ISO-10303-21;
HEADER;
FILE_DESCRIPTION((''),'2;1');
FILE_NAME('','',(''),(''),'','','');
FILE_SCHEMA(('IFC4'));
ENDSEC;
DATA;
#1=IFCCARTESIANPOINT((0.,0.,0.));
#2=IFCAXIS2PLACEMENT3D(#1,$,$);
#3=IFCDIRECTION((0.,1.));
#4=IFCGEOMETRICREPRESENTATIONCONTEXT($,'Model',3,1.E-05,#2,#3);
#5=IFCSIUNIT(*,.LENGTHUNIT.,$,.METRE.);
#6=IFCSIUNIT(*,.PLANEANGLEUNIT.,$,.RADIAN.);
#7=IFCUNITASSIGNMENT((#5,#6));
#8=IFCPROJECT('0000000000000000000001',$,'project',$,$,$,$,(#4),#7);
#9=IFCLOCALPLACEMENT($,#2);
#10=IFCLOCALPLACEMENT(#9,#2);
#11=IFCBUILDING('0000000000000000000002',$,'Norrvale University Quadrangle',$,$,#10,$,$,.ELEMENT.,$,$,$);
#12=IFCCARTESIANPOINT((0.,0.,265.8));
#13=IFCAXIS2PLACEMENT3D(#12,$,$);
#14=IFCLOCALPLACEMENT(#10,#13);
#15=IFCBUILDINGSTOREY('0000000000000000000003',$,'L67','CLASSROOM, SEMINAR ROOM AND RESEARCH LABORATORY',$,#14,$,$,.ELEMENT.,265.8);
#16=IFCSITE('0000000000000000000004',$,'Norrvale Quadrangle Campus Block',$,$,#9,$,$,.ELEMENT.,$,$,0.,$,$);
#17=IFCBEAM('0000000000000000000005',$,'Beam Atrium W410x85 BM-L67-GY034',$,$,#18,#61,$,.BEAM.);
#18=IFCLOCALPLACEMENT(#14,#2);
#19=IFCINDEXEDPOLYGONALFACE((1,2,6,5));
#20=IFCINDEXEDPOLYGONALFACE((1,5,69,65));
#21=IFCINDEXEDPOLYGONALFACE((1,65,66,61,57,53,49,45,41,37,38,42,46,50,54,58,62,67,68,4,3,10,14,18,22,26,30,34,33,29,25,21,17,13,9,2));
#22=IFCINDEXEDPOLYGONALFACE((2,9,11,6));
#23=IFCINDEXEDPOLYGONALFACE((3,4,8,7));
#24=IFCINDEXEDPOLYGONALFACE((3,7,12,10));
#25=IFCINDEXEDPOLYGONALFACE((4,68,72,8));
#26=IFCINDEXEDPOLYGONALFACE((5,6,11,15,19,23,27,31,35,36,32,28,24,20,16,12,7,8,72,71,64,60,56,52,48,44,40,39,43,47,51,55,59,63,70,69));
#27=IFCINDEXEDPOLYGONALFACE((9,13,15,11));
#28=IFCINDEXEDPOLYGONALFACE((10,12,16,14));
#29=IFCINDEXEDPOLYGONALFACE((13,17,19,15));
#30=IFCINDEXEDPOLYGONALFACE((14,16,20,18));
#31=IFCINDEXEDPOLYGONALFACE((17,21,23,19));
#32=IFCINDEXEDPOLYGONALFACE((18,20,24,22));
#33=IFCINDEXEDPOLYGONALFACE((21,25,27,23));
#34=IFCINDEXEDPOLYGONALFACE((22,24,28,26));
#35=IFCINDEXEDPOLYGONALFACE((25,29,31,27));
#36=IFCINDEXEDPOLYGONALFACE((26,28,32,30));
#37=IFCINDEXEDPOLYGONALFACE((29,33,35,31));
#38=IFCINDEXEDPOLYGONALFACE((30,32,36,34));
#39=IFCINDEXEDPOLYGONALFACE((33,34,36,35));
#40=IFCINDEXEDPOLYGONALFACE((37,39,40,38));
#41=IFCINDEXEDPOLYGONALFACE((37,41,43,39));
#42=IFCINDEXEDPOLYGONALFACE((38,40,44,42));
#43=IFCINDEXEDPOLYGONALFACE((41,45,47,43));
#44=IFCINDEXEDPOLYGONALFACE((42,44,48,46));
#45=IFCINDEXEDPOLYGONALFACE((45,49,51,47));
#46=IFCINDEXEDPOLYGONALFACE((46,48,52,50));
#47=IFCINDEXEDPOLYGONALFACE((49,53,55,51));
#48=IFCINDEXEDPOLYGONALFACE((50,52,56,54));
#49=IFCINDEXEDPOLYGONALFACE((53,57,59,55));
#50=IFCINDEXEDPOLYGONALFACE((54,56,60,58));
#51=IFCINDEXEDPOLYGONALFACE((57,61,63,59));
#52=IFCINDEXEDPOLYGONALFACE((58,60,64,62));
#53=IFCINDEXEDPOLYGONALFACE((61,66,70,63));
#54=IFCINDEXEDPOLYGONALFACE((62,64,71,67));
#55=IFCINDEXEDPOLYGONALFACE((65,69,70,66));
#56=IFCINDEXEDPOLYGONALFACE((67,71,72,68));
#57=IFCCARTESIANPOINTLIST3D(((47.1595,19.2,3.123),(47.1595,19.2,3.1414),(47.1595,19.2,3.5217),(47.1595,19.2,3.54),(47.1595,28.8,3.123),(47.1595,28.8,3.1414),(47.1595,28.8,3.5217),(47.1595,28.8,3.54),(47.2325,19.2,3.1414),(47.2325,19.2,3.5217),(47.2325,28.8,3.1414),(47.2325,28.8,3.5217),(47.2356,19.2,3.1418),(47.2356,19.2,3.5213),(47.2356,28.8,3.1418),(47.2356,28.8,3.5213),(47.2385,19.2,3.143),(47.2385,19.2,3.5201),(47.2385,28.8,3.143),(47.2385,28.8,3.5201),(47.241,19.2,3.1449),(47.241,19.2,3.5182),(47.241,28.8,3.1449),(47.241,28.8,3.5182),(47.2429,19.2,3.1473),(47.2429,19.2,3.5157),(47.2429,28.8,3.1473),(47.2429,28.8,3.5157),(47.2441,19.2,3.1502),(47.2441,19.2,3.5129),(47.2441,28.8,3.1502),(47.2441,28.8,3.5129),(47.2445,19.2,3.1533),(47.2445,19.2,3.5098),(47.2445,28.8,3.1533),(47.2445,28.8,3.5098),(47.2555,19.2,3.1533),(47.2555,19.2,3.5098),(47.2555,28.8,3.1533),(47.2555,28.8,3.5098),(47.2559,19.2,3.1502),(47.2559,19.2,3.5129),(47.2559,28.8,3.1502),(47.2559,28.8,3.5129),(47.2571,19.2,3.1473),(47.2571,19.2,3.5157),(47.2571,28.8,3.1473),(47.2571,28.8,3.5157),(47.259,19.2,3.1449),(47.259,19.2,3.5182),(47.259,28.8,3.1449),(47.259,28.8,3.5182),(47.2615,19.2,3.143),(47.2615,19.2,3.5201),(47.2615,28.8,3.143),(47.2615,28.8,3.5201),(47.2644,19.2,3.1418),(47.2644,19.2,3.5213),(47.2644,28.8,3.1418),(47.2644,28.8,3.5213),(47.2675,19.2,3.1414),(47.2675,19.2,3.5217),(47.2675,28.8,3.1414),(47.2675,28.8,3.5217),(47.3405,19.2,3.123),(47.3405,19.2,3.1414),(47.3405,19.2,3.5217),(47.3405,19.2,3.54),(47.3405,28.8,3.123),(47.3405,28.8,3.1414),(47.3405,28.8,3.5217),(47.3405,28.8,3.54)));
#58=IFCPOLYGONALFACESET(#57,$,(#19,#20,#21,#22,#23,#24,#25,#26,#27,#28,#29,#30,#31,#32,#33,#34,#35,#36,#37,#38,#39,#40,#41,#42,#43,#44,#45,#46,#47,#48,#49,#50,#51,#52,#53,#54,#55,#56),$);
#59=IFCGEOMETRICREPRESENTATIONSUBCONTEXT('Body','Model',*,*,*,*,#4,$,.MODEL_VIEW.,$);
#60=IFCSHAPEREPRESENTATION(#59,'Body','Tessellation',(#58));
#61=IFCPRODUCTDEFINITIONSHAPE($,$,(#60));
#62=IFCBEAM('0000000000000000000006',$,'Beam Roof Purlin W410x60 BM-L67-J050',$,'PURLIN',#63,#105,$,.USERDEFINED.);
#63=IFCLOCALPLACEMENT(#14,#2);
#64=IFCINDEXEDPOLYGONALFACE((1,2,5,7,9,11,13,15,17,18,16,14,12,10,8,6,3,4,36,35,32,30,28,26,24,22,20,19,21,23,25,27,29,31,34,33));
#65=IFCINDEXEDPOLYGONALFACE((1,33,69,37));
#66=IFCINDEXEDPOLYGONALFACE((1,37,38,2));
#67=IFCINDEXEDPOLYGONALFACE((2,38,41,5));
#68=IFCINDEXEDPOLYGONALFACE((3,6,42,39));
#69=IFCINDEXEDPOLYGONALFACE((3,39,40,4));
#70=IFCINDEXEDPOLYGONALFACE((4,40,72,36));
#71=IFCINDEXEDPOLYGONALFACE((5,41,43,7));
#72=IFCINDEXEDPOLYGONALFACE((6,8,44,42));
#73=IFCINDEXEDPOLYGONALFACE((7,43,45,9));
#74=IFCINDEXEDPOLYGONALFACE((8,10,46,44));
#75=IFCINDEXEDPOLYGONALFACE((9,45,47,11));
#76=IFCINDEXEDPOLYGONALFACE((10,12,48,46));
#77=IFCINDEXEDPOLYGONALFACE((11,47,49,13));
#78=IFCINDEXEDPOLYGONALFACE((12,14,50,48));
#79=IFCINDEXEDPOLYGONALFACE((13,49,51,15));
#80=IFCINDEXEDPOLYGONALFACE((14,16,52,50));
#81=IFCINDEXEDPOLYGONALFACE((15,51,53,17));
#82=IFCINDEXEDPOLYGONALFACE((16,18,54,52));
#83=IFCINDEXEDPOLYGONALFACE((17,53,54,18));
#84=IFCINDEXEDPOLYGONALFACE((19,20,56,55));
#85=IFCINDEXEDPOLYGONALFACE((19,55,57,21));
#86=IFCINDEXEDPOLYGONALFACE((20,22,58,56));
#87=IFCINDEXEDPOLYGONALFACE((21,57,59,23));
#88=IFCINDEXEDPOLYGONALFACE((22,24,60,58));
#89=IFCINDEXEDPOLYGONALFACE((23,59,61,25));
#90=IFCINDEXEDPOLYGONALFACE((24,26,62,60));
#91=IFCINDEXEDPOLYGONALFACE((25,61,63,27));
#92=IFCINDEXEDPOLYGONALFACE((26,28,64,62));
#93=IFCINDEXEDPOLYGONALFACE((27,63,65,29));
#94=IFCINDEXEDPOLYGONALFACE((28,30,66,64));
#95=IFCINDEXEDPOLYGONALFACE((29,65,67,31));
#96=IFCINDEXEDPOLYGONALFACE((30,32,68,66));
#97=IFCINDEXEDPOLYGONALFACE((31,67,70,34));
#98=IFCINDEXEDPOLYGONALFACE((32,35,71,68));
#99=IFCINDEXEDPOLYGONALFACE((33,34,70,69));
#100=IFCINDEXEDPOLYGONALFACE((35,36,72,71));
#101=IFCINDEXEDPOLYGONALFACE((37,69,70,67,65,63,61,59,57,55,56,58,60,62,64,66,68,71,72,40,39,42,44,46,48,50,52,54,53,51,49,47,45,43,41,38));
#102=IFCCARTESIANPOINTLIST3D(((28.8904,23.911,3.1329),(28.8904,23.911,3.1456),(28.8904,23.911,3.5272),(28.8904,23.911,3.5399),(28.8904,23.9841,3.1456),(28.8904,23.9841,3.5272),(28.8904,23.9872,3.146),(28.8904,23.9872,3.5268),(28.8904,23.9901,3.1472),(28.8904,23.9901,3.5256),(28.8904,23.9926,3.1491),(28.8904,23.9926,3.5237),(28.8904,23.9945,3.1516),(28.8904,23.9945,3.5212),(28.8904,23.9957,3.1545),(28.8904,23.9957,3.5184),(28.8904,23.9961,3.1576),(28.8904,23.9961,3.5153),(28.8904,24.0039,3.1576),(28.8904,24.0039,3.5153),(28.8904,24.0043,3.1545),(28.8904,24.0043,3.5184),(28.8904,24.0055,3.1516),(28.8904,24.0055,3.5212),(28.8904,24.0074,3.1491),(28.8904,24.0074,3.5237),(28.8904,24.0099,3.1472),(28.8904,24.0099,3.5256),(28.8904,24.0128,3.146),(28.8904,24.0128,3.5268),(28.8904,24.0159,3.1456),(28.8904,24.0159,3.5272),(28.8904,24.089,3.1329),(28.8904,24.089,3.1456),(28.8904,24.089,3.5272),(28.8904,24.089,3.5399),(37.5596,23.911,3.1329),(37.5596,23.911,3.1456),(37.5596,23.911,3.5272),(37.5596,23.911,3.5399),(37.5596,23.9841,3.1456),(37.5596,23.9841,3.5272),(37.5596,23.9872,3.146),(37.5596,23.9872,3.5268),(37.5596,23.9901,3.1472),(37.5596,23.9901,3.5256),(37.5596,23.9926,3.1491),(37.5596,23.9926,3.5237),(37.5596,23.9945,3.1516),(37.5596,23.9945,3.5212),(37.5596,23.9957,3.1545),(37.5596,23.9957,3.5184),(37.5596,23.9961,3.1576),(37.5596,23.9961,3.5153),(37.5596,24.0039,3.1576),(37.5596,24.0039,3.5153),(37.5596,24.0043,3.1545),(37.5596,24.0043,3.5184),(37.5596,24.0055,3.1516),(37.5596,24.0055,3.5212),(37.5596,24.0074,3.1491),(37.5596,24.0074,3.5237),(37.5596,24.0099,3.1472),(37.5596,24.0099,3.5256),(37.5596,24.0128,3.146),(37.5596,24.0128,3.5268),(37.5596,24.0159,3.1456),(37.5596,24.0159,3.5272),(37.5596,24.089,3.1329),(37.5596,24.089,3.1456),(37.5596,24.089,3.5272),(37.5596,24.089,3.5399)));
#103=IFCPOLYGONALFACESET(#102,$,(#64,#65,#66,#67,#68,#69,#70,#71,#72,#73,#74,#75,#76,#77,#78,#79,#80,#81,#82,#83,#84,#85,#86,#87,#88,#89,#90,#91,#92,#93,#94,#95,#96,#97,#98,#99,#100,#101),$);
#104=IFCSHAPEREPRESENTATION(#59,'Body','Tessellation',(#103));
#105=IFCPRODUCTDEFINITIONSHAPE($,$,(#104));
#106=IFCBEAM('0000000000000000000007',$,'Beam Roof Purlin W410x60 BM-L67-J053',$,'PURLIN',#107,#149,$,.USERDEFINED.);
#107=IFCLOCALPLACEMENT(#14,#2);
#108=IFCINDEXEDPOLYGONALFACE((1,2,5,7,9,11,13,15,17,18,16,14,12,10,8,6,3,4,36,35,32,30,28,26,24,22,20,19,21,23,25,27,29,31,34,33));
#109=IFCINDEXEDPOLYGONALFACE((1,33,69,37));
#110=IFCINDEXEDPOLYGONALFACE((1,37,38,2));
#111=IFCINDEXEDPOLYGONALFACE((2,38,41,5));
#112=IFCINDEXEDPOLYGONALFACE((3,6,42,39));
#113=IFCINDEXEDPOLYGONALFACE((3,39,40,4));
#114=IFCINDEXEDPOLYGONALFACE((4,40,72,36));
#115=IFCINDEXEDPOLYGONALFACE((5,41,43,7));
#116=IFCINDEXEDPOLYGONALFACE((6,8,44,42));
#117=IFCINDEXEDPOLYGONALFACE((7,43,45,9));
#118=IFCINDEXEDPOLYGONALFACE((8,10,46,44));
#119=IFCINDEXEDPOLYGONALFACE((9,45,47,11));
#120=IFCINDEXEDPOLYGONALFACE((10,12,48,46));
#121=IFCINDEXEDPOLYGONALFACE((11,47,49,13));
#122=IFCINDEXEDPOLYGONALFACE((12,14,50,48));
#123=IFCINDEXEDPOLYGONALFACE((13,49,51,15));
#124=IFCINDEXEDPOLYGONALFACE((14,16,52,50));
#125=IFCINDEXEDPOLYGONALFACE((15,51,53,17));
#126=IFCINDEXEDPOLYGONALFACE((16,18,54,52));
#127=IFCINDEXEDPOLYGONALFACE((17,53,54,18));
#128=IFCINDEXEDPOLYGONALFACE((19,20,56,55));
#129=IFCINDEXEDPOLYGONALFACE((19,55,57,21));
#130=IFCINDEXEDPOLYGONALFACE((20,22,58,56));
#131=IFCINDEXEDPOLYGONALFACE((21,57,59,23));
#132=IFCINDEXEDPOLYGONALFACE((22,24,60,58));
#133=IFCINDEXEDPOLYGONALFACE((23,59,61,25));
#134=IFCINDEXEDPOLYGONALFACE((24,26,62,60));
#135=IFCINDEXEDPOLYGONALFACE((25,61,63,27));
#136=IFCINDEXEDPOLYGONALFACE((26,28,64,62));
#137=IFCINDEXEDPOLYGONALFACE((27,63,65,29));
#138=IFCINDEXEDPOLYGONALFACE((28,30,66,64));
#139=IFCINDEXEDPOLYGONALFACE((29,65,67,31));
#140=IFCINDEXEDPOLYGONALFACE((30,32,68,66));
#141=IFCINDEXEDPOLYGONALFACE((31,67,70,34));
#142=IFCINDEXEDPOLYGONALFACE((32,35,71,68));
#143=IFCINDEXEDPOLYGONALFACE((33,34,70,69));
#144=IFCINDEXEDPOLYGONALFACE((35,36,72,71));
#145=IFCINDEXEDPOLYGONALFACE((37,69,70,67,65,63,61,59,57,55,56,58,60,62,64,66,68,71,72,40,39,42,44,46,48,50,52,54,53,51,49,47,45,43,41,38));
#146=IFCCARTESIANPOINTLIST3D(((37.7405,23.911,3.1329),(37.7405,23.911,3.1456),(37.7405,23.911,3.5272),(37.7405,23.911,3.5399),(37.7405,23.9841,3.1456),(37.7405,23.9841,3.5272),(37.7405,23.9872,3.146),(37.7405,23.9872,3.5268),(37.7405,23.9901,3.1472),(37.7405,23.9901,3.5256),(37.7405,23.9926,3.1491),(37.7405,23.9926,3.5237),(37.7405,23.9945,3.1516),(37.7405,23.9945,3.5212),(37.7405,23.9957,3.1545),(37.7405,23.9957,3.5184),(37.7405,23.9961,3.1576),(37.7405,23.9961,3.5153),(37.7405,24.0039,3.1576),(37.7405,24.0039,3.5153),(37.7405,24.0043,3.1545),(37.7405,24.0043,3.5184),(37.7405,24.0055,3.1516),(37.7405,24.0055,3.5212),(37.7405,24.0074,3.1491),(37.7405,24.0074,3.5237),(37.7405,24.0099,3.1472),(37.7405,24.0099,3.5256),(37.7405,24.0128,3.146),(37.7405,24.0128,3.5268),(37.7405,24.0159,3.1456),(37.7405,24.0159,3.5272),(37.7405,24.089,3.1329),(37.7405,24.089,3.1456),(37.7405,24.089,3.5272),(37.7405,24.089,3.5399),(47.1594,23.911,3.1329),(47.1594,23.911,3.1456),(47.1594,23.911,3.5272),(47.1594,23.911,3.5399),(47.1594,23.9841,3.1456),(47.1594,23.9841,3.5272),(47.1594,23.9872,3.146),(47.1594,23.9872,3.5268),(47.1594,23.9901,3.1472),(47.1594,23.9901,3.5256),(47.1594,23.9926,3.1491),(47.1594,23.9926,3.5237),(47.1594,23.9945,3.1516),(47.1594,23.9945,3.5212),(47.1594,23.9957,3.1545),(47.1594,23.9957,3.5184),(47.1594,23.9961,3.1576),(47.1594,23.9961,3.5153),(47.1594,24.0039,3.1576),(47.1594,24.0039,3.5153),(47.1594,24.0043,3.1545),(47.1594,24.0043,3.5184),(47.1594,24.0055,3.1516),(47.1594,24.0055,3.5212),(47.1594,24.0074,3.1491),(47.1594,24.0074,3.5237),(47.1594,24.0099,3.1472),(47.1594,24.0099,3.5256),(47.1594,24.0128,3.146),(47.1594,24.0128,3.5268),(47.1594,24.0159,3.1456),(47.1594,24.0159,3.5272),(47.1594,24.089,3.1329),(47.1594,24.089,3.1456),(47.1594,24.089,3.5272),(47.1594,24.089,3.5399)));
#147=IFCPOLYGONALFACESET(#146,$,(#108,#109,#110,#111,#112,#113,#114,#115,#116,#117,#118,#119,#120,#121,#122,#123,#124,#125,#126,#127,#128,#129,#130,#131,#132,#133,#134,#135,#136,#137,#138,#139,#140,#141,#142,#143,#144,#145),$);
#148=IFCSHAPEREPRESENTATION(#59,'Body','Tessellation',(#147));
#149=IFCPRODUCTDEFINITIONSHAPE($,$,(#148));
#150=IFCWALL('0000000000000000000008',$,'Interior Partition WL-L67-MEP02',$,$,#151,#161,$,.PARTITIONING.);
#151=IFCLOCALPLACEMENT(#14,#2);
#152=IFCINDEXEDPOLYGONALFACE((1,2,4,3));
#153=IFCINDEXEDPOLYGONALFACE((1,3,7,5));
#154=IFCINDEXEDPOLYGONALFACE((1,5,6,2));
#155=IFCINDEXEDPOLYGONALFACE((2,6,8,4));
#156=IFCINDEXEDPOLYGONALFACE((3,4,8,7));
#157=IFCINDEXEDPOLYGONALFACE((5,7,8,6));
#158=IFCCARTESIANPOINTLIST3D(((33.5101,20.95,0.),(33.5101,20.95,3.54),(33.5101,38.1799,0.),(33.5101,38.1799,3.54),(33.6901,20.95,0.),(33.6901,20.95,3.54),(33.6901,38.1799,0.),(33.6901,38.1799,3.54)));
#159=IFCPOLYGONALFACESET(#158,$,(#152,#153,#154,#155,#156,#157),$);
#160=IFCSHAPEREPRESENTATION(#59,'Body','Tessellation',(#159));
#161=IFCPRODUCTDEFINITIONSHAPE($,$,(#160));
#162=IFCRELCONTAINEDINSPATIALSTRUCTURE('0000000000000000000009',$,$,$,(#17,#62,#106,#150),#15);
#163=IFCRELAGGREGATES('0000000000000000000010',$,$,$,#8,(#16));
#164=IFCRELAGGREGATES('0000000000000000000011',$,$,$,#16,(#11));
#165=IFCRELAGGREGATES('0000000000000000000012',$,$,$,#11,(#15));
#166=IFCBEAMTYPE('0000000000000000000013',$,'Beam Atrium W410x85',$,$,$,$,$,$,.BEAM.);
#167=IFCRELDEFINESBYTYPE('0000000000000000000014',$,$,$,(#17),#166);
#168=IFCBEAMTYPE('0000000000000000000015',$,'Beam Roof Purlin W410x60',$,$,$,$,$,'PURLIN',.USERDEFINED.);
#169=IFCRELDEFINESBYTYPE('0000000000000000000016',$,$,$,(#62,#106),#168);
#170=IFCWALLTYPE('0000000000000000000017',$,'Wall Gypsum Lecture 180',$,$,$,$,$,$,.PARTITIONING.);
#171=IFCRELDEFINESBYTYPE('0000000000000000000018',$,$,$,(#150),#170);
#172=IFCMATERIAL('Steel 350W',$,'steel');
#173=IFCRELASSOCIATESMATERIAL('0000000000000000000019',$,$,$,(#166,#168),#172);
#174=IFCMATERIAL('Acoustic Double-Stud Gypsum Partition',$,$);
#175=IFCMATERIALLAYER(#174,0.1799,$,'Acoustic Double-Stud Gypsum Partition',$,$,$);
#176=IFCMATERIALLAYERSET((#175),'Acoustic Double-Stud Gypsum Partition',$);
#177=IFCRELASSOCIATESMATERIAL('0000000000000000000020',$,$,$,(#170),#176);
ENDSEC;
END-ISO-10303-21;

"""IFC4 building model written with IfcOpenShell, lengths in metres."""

from ifc_helpers import new_model, si_unit, direction, frame, frame_2d, origin, origin_2d, place, context, subcontext, project, spatial, rectangle, i_section, extrude, material, layer, layer_set, material_profile, profile_set, type_object, element, save


model = new_model("IFC4")

# Units and contexts
model_context = context("Model", 3, precision=1e-05, world=origin(), true_north=direction((0.0, 1.0)))
body_context = subcontext(model_context, "Body", "Model", "MODEL_VIEW")
ifc_project = project(units=[si_unit("LENGTHUNIT", "METRE"), si_unit("PLANEANGLEUNIT", "RADIAN")], contexts=[model_context])

# Site, building, storey
site_placement = place(None, origin())
site = spatial("IfcSite", under=ifc_project, at=site_placement, Name="Norrvale Quadrangle Campus Block", CompositionType="ELEMENT", RefElevation=0.0)
building_placement = place(site_placement, origin())
building = spatial("IfcBuilding", under=site, at=building_placement, Name="Norrvale University Quadrangle", CompositionType="ELEMENT")
storey_placement = place(building_placement, frame((0.0, 0.0, 265.8)))
storey = spatial("IfcBuildingStorey", under=building, at=storey_placement, Name="L67", Description="CLASSROOM, SEMINAR ROOM AND RESEARCH LABORATORY", CompositionType="ELEMENT", Elevation=265.8)

# Beams
ifc_material_1 = material(Name="Steel 350W", Category="steel")
ifc_material_profile_1 = material_profile(ifc_material_1, i_section(OverallWidth=0.1809, OverallDepth=0.417, WebThickness=0.011, FlangeThickness=0.0183, FilletRadius=0.012, at=origin_2d()), Name="Steel 350W")
ifc_profile_set_1 = profile_set([ifc_material_profile_1], Name="Steel 350W")
beam_type_1 = type_object("IfcBeamType", Name="Beam Atrium W410x85", PredefinedType="BEAM", material=ifc_profile_set_1)
for number, where, z_axis, x_axis, name in (
    (1, (47.25, 19.2, 3.3315), (0.0, 1.0, 0.0), (-1.0, 0.0, 0.0), "Beam Atrium W410x85 BM-L67-GY034"),
):
    element("IfcBeam", number, at=place(storey_placement, frame(where, z_axis=z_axis, x_axis=x_axis)), inside=storey, type_object=beam_type_1, Name=name, PredefinedType="BEAM", context=body_context, shape_type="SweptSolid", body=[
        extrude(i_section(OverallWidth=0.1809, OverallDepth=0.417, WebThickness=0.011, FlangeThickness=0.0183, FilletRadius=0.012, at=origin_2d()), origin(), (0.0, 0.0, 1.0), 9.6001),
    ])
ifc_material_profile_2 = material_profile(ifc_material_1, i_section(OverallWidth=0.178, OverallDepth=0.407, WebThickness=0.0078, FlangeThickness=0.0127, FilletRadius=0.012, at=origin_2d()), Name="Steel 350W")
ifc_profile_set_2 = profile_set([ifc_material_profile_2], Name="Steel 350W")
beam_type_2 = type_object("IfcBeamType", Name="Beam Roof Purlin W410x60", ElementType="PURLIN", PredefinedType="USERDEFINED", material=ifc_profile_set_2)
beam_1_placement = place(storey_placement, frame((28.8904, 24.0, 3.3364), z_axis=(1.0, 0.0, 0.0), x_axis=(0.0, 1.0, 0.0)))
element("IfcBeam", 2, at=beam_1_placement, inside=storey, type_object=beam_type_2, Name="Beam Roof Purlin W410x60 BM-L67-J050", ObjectType="PURLIN", PredefinedType="USERDEFINED", context=body_context, shape_type="SweptSolid", body=[
    extrude(i_section(OverallWidth=0.178, OverallDepth=0.407, WebThickness=0.0078, FlangeThickness=0.0127, FilletRadius=0.012, at=origin_2d()), origin(), (0.0, 0.0, 1.0), 8.6692),
])
beam_2_placement = place(storey_placement, frame((37.7405, 24.0, 3.3364), z_axis=(1.0, 0.0, 0.0), x_axis=(0.0, 1.0, 0.0)))
element("IfcBeam", 3, at=beam_2_placement, inside=storey, type_object=beam_type_2, Name="Beam Roof Purlin W410x60 BM-L67-J053", ObjectType="PURLIN", PredefinedType="USERDEFINED", context=body_context, shape_type="SweptSolid", body=[
    extrude(i_section(OverallWidth=0.178, OverallDepth=0.407, WebThickness=0.0078, FlangeThickness=0.0127, FilletRadius=0.012, at=origin_2d()), origin(), (0.0, 0.0, 1.0), 9.4189),
])

# Wall
ifc_material_2 = material(Name="Acoustic Double-Stud Gypsum Partition")
ifc_layer = layer(ifc_material_2, 0.1799, Name="Acoustic Double-Stud Gypsum Partition")
ifc_layer_set = layer_set([ifc_layer], Name="Acoustic Double-Stud Gypsum Partition")
wall_type = type_object("IfcWallType", Name="Wall Gypsum Lecture 180", PredefinedType="PARTITIONING", material=ifc_layer_set)
wall_placement = place(storey_placement, frame((33.6001, 20.95, 0.0), z_axis=(0.0, 0.0, 1.0), x_axis=(0.0, 1.0, 0.0)))
element("IfcWall", 4, at=wall_placement, inside=storey, type_object=wall_type, Name="Interior Partition WL-L67-MEP02", PredefinedType="PARTITIONING", context=body_context, shape_type="SweptSolid", body=[
    extrude(rectangle(XDim=17.23, YDim=0.1799, at=frame_2d((8.615, 0.0))), origin(), (0.0, 0.0, 1.0), 3.54),
])

save(model, "model.ifc")
